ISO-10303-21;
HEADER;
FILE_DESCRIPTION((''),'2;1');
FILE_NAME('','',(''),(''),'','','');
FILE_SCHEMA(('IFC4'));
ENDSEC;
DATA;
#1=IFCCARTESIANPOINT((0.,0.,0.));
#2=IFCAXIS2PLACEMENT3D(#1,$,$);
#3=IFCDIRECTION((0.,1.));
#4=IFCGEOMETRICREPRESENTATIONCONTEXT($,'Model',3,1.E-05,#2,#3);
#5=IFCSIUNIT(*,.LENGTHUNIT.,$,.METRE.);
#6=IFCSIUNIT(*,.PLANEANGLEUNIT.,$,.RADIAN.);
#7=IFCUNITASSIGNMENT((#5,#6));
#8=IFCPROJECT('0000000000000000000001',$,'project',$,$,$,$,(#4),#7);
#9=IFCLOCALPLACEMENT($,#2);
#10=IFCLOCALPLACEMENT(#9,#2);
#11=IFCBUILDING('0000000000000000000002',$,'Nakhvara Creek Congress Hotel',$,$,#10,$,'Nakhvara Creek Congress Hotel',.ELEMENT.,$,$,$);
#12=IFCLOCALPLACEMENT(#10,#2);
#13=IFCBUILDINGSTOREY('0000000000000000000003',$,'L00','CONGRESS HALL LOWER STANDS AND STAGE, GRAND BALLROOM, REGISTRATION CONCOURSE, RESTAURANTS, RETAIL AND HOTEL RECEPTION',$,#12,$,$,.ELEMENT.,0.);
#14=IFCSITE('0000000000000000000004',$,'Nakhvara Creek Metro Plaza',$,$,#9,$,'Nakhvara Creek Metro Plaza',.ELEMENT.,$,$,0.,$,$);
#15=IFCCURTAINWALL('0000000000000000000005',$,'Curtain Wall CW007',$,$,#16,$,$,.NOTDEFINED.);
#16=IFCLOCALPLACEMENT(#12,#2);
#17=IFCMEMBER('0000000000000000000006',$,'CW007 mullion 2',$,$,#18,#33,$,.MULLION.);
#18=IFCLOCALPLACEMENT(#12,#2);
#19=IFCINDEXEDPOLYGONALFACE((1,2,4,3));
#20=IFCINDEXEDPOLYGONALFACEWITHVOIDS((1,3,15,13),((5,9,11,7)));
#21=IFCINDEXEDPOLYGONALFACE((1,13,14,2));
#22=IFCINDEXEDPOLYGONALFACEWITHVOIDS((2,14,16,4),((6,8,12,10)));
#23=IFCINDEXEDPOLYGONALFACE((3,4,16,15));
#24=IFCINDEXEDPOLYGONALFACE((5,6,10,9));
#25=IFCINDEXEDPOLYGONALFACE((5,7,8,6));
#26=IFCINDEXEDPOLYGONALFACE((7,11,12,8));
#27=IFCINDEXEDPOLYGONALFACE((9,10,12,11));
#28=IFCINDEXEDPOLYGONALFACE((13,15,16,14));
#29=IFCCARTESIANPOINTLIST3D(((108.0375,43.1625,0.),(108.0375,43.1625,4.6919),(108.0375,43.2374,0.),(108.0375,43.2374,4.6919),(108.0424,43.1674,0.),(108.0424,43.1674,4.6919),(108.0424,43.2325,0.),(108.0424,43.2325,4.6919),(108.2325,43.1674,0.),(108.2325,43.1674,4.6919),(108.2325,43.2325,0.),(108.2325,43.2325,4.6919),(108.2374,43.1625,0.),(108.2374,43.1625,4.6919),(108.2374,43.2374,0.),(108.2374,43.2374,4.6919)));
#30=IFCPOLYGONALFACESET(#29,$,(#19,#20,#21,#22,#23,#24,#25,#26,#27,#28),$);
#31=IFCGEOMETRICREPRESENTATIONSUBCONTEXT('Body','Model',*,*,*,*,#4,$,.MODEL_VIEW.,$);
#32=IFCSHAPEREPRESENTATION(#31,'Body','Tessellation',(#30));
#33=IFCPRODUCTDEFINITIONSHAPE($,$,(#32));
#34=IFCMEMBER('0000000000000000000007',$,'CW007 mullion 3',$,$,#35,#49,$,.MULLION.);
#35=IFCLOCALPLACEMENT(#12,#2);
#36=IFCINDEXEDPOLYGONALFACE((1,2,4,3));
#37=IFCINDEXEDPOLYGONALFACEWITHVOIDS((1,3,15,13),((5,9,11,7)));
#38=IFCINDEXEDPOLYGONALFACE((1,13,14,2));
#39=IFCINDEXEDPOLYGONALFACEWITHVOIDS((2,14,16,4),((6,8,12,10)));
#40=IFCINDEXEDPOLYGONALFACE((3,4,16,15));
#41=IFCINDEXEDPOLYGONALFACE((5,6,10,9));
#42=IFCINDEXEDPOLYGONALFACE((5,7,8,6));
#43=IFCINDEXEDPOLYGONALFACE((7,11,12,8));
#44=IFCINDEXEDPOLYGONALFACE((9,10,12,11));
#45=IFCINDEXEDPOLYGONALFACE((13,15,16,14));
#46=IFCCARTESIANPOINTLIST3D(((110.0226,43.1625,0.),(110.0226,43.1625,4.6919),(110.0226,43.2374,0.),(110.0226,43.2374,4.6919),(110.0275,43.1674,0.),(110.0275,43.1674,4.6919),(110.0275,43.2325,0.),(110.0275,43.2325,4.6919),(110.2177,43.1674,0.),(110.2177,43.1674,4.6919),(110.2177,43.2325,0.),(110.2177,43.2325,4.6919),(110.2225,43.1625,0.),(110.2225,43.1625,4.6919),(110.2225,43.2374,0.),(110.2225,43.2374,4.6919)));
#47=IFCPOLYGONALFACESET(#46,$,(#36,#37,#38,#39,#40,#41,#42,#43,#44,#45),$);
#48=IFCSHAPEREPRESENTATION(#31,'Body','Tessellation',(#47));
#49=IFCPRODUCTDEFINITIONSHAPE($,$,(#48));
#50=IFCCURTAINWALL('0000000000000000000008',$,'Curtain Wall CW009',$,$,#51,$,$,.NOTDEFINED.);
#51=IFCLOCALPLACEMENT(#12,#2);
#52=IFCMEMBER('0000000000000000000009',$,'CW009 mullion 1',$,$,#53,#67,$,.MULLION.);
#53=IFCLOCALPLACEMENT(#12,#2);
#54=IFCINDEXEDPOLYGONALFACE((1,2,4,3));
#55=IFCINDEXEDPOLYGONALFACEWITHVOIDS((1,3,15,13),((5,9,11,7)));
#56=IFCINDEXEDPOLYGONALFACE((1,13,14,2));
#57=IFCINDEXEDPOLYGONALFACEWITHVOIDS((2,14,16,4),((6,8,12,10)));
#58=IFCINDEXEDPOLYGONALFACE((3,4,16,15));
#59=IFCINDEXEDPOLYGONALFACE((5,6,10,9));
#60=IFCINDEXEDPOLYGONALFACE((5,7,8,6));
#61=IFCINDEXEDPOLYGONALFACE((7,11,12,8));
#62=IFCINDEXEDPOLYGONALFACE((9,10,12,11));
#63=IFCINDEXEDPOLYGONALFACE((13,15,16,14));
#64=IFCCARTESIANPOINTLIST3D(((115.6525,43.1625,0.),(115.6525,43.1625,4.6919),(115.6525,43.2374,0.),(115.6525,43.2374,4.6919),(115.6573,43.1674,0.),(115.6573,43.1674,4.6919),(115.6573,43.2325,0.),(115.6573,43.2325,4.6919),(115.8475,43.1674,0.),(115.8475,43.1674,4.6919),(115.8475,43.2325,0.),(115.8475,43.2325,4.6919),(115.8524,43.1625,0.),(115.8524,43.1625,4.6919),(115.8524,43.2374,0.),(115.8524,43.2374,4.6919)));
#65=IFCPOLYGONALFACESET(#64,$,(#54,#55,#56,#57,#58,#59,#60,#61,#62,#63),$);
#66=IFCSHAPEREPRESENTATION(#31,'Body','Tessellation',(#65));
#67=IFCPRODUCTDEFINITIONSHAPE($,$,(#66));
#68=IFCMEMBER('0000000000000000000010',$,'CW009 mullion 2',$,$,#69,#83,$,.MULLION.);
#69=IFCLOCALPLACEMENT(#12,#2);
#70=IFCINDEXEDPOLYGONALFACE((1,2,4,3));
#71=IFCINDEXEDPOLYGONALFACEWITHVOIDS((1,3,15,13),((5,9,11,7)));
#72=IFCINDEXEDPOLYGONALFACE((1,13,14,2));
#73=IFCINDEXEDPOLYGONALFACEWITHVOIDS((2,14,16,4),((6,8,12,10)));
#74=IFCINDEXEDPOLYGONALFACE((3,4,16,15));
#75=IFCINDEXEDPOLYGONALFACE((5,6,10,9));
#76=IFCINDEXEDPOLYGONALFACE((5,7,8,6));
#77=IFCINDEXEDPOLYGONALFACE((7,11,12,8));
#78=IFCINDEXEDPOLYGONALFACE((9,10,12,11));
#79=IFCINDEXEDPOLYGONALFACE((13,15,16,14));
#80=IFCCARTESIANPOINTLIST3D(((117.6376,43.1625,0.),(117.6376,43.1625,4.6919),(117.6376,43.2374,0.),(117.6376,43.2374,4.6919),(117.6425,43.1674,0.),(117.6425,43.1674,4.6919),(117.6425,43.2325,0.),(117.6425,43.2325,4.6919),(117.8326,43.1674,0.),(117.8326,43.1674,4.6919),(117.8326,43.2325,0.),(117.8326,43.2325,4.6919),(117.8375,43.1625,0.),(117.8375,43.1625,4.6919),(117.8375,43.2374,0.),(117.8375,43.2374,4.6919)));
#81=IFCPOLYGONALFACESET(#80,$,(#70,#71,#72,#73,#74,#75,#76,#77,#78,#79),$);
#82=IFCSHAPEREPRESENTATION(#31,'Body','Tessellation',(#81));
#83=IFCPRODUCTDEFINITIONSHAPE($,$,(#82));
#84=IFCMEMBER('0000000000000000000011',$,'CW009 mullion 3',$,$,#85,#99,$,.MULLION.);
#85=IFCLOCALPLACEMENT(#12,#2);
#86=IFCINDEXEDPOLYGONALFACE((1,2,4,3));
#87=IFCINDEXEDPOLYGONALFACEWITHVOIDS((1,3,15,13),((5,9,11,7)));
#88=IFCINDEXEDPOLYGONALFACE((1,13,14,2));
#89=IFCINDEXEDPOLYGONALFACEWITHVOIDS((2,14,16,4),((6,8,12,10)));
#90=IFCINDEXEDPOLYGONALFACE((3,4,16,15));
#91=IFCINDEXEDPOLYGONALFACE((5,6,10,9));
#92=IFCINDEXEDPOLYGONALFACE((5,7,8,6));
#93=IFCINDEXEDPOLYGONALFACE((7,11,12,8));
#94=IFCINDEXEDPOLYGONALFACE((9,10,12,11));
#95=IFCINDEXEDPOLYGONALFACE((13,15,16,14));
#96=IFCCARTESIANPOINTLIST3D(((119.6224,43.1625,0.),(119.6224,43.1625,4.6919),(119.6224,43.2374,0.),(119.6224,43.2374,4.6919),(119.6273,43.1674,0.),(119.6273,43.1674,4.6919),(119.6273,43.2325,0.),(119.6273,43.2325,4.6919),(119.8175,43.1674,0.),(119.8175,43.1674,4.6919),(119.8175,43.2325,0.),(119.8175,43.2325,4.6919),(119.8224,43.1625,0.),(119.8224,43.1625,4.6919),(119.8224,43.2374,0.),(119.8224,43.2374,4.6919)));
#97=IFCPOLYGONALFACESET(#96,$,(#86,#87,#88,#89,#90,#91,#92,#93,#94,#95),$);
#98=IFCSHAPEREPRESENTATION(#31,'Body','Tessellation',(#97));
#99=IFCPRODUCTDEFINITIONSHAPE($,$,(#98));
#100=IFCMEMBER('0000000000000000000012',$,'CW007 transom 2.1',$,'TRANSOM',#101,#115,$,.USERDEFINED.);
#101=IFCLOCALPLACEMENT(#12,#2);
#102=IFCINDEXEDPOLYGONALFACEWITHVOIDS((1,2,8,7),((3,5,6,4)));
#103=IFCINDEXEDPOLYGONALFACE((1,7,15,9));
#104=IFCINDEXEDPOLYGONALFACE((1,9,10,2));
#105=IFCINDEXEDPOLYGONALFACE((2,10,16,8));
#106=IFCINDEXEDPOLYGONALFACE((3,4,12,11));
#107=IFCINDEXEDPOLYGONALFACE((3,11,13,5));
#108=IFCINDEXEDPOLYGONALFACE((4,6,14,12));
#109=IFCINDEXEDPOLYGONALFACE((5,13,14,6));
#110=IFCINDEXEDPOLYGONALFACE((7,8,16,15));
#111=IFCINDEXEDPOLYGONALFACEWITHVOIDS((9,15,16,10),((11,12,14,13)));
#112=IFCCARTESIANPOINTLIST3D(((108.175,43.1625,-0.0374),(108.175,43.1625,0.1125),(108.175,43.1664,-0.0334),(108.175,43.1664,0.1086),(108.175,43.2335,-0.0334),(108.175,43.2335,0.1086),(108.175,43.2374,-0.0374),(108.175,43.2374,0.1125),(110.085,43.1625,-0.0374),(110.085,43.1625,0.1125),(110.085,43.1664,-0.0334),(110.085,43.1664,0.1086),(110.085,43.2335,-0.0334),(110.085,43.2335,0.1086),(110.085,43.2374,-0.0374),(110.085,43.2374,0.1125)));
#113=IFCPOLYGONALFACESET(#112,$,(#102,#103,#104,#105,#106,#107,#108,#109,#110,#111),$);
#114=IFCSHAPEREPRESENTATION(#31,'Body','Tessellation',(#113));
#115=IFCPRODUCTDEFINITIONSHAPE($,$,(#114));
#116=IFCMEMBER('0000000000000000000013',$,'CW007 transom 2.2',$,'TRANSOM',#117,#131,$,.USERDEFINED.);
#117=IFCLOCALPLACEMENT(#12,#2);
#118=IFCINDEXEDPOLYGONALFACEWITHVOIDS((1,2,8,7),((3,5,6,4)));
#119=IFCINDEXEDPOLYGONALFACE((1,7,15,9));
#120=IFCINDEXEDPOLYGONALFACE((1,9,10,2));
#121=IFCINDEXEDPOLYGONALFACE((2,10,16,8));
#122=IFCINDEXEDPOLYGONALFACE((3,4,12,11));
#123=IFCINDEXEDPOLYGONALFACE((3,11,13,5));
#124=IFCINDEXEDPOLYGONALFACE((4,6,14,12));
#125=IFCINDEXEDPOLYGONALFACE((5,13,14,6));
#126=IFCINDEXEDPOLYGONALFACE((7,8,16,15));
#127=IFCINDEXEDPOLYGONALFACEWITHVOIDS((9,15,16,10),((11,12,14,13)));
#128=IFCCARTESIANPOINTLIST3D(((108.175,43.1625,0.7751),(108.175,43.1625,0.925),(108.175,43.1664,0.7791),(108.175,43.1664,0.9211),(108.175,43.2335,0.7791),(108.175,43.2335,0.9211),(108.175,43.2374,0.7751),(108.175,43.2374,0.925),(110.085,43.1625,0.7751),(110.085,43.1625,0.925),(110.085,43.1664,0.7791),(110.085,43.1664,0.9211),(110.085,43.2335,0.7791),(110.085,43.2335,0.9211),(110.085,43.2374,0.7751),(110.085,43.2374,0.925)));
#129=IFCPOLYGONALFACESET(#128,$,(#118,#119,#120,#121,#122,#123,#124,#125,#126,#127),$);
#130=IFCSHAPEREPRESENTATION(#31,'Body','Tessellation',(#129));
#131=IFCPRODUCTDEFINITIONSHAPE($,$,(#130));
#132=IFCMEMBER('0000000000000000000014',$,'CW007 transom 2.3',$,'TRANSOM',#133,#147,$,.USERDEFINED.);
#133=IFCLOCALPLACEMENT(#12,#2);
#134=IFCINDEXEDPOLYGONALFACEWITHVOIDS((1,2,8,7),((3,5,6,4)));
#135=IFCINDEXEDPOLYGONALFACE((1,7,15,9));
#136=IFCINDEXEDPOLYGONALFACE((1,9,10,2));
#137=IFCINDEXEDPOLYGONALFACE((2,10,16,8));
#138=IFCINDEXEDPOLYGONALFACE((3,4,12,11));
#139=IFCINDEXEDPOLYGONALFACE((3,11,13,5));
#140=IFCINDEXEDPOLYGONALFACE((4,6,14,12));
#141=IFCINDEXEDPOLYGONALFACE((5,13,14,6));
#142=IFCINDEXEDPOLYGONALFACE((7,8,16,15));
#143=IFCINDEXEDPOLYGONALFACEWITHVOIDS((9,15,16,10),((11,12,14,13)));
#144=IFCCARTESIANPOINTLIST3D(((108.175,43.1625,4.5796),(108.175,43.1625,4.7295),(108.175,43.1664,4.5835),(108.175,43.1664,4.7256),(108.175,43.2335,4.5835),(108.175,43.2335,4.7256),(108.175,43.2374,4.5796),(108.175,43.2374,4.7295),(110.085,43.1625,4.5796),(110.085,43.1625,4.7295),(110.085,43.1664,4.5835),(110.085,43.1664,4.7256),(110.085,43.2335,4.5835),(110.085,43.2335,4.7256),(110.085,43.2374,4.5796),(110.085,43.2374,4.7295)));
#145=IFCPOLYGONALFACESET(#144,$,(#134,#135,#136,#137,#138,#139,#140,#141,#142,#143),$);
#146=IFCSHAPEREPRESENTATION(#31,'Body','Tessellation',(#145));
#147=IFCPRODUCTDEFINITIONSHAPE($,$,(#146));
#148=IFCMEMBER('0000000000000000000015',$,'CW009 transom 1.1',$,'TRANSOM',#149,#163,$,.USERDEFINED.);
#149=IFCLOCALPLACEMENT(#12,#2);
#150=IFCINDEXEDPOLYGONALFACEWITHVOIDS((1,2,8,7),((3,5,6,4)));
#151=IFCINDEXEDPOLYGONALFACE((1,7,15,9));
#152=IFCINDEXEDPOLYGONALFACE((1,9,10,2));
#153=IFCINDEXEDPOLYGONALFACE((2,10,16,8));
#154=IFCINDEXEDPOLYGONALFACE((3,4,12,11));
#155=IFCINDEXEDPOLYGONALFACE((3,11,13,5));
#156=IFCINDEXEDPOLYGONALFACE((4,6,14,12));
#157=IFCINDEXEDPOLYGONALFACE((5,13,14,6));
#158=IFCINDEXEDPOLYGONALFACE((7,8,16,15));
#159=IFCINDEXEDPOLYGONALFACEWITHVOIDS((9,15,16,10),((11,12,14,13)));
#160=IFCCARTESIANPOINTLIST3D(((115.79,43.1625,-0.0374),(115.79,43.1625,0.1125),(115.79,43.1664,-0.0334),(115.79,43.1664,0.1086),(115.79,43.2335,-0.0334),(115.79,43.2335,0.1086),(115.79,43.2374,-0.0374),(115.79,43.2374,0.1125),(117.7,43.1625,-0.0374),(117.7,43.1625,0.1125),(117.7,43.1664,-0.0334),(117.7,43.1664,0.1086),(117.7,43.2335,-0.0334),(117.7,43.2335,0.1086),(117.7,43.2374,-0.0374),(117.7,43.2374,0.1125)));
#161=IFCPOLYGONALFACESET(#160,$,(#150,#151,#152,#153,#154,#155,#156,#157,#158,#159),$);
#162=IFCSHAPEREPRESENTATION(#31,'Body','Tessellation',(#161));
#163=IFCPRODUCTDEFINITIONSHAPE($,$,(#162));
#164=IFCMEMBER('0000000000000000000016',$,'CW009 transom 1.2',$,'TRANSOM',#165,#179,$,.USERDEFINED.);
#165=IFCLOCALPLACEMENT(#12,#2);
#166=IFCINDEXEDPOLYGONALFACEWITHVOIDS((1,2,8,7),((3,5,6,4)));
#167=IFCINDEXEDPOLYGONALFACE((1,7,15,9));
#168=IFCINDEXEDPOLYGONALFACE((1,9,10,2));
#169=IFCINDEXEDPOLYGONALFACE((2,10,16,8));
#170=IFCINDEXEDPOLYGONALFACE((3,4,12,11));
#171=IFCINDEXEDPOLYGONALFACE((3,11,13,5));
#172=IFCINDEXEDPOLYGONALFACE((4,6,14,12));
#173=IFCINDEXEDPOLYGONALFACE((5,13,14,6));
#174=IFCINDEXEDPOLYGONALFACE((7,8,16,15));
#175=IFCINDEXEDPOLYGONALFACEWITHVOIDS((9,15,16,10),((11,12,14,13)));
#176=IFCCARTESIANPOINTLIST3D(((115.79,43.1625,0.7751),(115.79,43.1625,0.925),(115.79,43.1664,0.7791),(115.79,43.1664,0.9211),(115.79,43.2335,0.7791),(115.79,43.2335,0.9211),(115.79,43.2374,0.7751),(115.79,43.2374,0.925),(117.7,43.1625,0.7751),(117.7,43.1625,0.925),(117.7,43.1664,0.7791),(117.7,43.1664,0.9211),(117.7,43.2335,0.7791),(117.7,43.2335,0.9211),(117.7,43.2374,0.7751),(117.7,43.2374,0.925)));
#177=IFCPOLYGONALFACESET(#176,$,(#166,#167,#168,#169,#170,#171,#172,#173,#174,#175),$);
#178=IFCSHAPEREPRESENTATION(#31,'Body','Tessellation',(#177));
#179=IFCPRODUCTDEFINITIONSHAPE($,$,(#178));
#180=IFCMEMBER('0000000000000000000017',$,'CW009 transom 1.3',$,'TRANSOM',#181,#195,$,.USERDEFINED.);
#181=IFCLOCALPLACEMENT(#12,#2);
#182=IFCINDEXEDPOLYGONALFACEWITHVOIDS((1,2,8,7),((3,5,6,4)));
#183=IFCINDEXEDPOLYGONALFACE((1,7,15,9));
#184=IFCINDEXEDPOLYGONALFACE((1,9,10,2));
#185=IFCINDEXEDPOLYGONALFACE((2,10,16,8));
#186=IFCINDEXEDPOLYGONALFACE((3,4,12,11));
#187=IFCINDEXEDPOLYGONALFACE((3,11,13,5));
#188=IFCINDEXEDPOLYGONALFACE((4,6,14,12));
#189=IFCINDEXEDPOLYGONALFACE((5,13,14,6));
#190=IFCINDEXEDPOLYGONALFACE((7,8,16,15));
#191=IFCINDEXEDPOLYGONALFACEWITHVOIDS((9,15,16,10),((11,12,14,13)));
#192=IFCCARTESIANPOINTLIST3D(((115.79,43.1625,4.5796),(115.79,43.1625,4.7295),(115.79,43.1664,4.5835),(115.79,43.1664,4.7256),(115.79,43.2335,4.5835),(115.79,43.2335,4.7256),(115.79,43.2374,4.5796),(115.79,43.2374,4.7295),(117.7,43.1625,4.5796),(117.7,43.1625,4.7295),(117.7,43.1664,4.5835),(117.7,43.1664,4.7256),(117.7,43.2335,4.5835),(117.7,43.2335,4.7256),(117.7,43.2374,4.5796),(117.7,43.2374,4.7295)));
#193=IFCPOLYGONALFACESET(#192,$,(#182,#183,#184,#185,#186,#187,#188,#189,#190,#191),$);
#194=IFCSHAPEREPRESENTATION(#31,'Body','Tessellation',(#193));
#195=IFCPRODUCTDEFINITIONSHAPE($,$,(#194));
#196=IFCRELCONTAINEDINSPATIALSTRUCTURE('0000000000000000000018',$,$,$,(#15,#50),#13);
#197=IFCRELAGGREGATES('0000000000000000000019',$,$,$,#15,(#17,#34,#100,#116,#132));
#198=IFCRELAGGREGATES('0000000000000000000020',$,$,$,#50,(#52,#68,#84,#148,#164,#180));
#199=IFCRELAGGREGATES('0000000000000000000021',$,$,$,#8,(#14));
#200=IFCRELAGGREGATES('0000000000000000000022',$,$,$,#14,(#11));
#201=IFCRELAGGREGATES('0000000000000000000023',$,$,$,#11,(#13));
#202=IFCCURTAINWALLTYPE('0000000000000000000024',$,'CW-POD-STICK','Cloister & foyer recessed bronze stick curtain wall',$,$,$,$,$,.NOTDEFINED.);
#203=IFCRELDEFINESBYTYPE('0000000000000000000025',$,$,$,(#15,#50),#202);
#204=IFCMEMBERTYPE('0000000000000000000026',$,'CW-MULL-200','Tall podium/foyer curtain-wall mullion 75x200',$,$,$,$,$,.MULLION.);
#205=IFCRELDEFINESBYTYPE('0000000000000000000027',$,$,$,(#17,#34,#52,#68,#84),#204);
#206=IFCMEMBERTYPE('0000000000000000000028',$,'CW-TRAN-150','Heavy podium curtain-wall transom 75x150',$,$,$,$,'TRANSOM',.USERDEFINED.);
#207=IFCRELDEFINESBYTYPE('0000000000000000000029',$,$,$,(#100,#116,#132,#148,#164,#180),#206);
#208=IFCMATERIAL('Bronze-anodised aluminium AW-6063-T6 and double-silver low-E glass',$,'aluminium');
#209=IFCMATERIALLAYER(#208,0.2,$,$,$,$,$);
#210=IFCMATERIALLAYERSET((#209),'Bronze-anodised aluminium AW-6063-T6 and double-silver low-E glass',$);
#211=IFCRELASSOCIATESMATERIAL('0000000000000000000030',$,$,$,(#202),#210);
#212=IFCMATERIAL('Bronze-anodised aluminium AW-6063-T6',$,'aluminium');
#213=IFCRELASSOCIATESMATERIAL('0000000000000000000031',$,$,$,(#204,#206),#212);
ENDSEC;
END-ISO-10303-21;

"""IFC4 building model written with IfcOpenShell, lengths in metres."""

from ifc_helpers import new_model, si_unit, direction, frame, origin, origin_2d, place, context, subcontext, project, spatial, hollow_rectangle, extrude, material, layer, layer_set, material_profile, profile_set, type_object, element, aggregate, save


model = new_model("IFC4")

# Units and contexts
model_context = context("Model", 3, precision=1e-05, world=origin(), true_north=direction((0.0, 1.0)))
body_context = subcontext(model_context, "Body", "Model", "MODEL_VIEW")
ifc_project = project(units=[si_unit("LENGTHUNIT", "METRE"), si_unit("PLANEANGLEUNIT", "RADIAN")], contexts=[model_context])

# Site, building, storey
site_placement = place(None, origin())
site = spatial("IfcSite", under=ifc_project, at=site_placement, Name="Nakhvara Creek Metro Plaza", LongName="Nakhvara Creek Metro Plaza", CompositionType="ELEMENT", RefElevation=0.0)
building_placement = place(site_placement, origin())
building = spatial("IfcBuilding", under=site, at=building_placement, Name="Nakhvara Creek Congress Hotel", LongName="Nakhvara Creek Congress Hotel", CompositionType="ELEMENT")
storey_placement = place(building_placement, origin())
storey = spatial("IfcBuildingStorey", under=building, at=storey_placement, Name="L00", Description="CONGRESS HALL LOWER STANDS AND STAGE, GRAND BALLROOM, REGISTRATION CONCOURSE, RESTAURANTS, RETAIL AND HOTEL RECEPTION", CompositionType="ELEMENT", Elevation=0.0)

# Curtain walls, members
ifc_material_1 = material(Name="Bronze-anodised aluminium AW-6063-T6 and double-silver low-E glass", Category="aluminium")
ifc_layer = layer(ifc_material_1, 0.2)
ifc_layer_set = layer_set([ifc_layer], Name="Bronze-anodised aluminium AW-6063-T6 and double-silver low-E glass")
curtain_wall_type = type_object("IfcCurtainWallType", Name="CW-POD-STICK", Description="Cloister & foyer recessed bronze stick curtain wall", PredefinedType="NOTDEFINED", material=ifc_layer_set)
curtain_wall_1_placement = place(storey_placement, origin())
curtain_wall_1 = element("IfcCurtainWall", 1, at=curtain_wall_1_placement, inside=storey, type_object=curtain_wall_type, Name="Curtain Wall CW007", PredefinedType="NOTDEFINED")
ifc_material_2 = material(Name="Bronze-anodised aluminium AW-6063-T6", Category="aluminium")
ifc_material_profile_1 = material_profile(ifc_material_2, hollow_rectangle(XDim=0.075, YDim=0.2, WallThickness=0.0049, at=origin_2d()), Name="ALU-MULL 75x200x5", Category="LoadBearing")
ifc_profile_set_1 = profile_set([ifc_material_profile_1], Name="Bronze-anodised aluminium AW-6063-T6")
member_type_1 = type_object("IfcMemberType", Name="CW-MULL-200", Description="Tall podium/foyer curtain-wall mullion 75x200", PredefinedType="MULLION", material=ifc_profile_set_1)
member_1_placement = place(storey_placement, frame((108.1375, 43.2, 0.0), z_axis=(0.0, 0.0, 1.0), x_axis=(0.0, 1.0, 0.0)))
member_1 = element("IfcMember", 2, at=member_1_placement, type_object=member_type_1, Name="CW007 mullion 2", PredefinedType="MULLION", context=body_context, shape_type="SweptSolid", body=[
    extrude(hollow_rectangle(XDim=0.075, YDim=0.2, WallThickness=0.0049, at=origin_2d()), origin(), (0.0, 0.0, 1.0), 4.6919),
])
member_2_placement = place(storey_placement, frame((110.1226, 43.2, 0.0), z_axis=(0.0, 0.0, 1.0), x_axis=(0.0, 1.0, 0.0)))
member_2 = element("IfcMember", 3, at=member_2_placement, type_object=member_type_1, Name="CW007 mullion 3", PredefinedType="MULLION", context=body_context, shape_type="SweptSolid", body=[
    extrude(hollow_rectangle(XDim=0.075, YDim=0.2, WallThickness=0.0049, at=origin_2d()), origin(), (0.0, 0.0, 1.0), 4.6919),
])
curtain_wall_2_placement = place(storey_placement, origin())
curtain_wall_2 = element("IfcCurtainWall", 4, at=curtain_wall_2_placement, inside=storey, type_object=curtain_wall_type, Name="Curtain Wall CW009", PredefinedType="NOTDEFINED")
member_3_placement = place(storey_placement, frame((115.7524, 43.2, 0.0), z_axis=(0.0, 0.0, 1.0), x_axis=(0.0, 1.0, 0.0)))
member_3 = element("IfcMember", 5, at=member_3_placement, type_object=member_type_1, Name="CW009 mullion 1", PredefinedType="MULLION", context=body_context, shape_type="SweptSolid", body=[
    extrude(hollow_rectangle(XDim=0.075, YDim=0.2, WallThickness=0.0049, at=origin_2d()), origin(), (0.0, 0.0, 1.0), 4.6919),
])
member_4_placement = place(storey_placement, frame((117.7375, 43.2, 0.0), z_axis=(0.0, 0.0, 1.0), x_axis=(0.0, 1.0, 0.0)))
member_4 = element("IfcMember", 6, at=member_4_placement, type_object=member_type_1, Name="CW009 mullion 2", PredefinedType="MULLION", context=body_context, shape_type="SweptSolid", body=[
    extrude(hollow_rectangle(XDim=0.075, YDim=0.2, WallThickness=0.0049, at=origin_2d()), origin(), (0.0, 0.0, 1.0), 4.6919),
])
member_5_placement = place(storey_placement, frame((119.7224, 43.2, 0.0), z_axis=(0.0, 0.0, 1.0), x_axis=(0.0, 1.0, 0.0)))
member_5 = element("IfcMember", 7, at=member_5_placement, type_object=member_type_1, Name="CW009 mullion 3", PredefinedType="MULLION", context=body_context, shape_type="SweptSolid", body=[
    extrude(hollow_rectangle(XDim=0.075, YDim=0.2, WallThickness=0.0049, at=origin_2d()), origin(), (0.0, 0.0, 1.0), 4.6919),
])

# Members
ifc_material_profile_2 = material_profile(ifc_material_2, hollow_rectangle(XDim=0.075, YDim=0.1499, WallThickness=0.0039, at=origin_2d()), Name="ALU-TRAN 75x150x4", Category="LoadBearing")
ifc_profile_set_2 = profile_set([ifc_material_profile_2], Name="Bronze-anodised aluminium AW-6063-T6")
member_type_2 = type_object("IfcMemberType", Name="CW-TRAN-150", Description="Heavy podium curtain-wall transom 75x150", ElementType="TRANSOM", PredefinedType="USERDEFINED", material=ifc_profile_set_2)
member_6_placement = place(storey_placement, frame((108.175, 43.2, 0.0376), z_axis=(1.0, 0.0, 0.0), x_axis=(0.0, 1.0, 0.0)))
member_6 = element("IfcMember", 8, at=member_6_placement, type_object=member_type_2, Name="CW007 transom 2.1", ObjectType="TRANSOM", PredefinedType="USERDEFINED", context=body_context, shape_type="SweptSolid", body=[
    extrude(hollow_rectangle(XDim=0.075, YDim=0.1499, WallThickness=0.0039, at=origin_2d()), origin(), (0.0, 0.0, 1.0), 1.9099),
])
member_7_placement = place(storey_placement, frame((108.175, 43.2, 0.8501), z_axis=(1.0, 0.0, 0.0), x_axis=(0.0, 1.0, 0.0)))
member_7 = element("IfcMember", 9, at=member_7_placement, type_object=member_type_2, Name="CW007 transom 2.2", ObjectType="TRANSOM", PredefinedType="USERDEFINED", context=body_context, shape_type="SweptSolid", body=[
    extrude(hollow_rectangle(XDim=0.075, YDim=0.1499, WallThickness=0.0039, at=origin_2d()), origin(), (0.0, 0.0, 1.0), 1.9099),
])
member_8_placement = place(storey_placement, frame((108.175, 43.2, 4.6545), z_axis=(1.0, 0.0, 0.0), x_axis=(0.0, 1.0, 0.0)))
member_8 = element("IfcMember", 10, at=member_8_placement, type_object=member_type_2, Name="CW007 transom 2.3", ObjectType="TRANSOM", PredefinedType="USERDEFINED", context=body_context, shape_type="SweptSolid", body=[
    extrude(hollow_rectangle(XDim=0.075, YDim=0.1499, WallThickness=0.0039, at=origin_2d()), origin(), (0.0, 0.0, 1.0), 1.9099),
])
member_9_placement = place(storey_placement, frame((115.79, 43.2, 0.0376), z_axis=(1.0, 0.0, 0.0), x_axis=(0.0, 1.0, 0.0)))
member_9 = element("IfcMember", 11, at=member_9_placement, type_object=member_type_2, Name="CW009 transom 1.1", ObjectType="TRANSOM", PredefinedType="USERDEFINED", context=body_context, shape_type="SweptSolid", body=[
    extrude(hollow_rectangle(XDim=0.075, YDim=0.1499, WallThickness=0.0039, at=origin_2d()), origin(), (0.0, 0.0, 1.0), 1.9099),
])
member_10_placement = place(storey_placement, frame((115.79, 43.2, 0.8501), z_axis=(1.0, 0.0, 0.0), x_axis=(0.0, 1.0, 0.0)))
member_10 = element("IfcMember", 12, at=member_10_placement, type_object=member_type_2, Name="CW009 transom 1.2", ObjectType="TRANSOM", PredefinedType="USERDEFINED", context=body_context, shape_type="SweptSolid", body=[
    extrude(hollow_rectangle(XDim=0.075, YDim=0.1499, WallThickness=0.0039, at=origin_2d()), origin(), (0.0, 0.0, 1.0), 1.9099),
])
member_11_placement = place(storey_placement, frame((115.79, 43.2, 4.6545), z_axis=(1.0, 0.0, 0.0), x_axis=(0.0, 1.0, 0.0)))
member_11 = element("IfcMember", 13, at=member_11_placement, type_object=member_type_2, Name="CW009 transom 1.3", ObjectType="TRANSOM", PredefinedType="USERDEFINED", context=body_context, shape_type="SweptSolid", body=[
    extrude(hollow_rectangle(XDim=0.075, YDim=0.1499, WallThickness=0.0039, at=origin_2d()), origin(), (0.0, 0.0, 1.0), 1.9099),
])

aggregate(curtain_wall_1, [member_1, member_2, member_6, member_7, member_8])
aggregate(curtain_wall_2, [member_3, member_4, member_5, member_9, member_10, member_11])

save(model, "model.ifc")
